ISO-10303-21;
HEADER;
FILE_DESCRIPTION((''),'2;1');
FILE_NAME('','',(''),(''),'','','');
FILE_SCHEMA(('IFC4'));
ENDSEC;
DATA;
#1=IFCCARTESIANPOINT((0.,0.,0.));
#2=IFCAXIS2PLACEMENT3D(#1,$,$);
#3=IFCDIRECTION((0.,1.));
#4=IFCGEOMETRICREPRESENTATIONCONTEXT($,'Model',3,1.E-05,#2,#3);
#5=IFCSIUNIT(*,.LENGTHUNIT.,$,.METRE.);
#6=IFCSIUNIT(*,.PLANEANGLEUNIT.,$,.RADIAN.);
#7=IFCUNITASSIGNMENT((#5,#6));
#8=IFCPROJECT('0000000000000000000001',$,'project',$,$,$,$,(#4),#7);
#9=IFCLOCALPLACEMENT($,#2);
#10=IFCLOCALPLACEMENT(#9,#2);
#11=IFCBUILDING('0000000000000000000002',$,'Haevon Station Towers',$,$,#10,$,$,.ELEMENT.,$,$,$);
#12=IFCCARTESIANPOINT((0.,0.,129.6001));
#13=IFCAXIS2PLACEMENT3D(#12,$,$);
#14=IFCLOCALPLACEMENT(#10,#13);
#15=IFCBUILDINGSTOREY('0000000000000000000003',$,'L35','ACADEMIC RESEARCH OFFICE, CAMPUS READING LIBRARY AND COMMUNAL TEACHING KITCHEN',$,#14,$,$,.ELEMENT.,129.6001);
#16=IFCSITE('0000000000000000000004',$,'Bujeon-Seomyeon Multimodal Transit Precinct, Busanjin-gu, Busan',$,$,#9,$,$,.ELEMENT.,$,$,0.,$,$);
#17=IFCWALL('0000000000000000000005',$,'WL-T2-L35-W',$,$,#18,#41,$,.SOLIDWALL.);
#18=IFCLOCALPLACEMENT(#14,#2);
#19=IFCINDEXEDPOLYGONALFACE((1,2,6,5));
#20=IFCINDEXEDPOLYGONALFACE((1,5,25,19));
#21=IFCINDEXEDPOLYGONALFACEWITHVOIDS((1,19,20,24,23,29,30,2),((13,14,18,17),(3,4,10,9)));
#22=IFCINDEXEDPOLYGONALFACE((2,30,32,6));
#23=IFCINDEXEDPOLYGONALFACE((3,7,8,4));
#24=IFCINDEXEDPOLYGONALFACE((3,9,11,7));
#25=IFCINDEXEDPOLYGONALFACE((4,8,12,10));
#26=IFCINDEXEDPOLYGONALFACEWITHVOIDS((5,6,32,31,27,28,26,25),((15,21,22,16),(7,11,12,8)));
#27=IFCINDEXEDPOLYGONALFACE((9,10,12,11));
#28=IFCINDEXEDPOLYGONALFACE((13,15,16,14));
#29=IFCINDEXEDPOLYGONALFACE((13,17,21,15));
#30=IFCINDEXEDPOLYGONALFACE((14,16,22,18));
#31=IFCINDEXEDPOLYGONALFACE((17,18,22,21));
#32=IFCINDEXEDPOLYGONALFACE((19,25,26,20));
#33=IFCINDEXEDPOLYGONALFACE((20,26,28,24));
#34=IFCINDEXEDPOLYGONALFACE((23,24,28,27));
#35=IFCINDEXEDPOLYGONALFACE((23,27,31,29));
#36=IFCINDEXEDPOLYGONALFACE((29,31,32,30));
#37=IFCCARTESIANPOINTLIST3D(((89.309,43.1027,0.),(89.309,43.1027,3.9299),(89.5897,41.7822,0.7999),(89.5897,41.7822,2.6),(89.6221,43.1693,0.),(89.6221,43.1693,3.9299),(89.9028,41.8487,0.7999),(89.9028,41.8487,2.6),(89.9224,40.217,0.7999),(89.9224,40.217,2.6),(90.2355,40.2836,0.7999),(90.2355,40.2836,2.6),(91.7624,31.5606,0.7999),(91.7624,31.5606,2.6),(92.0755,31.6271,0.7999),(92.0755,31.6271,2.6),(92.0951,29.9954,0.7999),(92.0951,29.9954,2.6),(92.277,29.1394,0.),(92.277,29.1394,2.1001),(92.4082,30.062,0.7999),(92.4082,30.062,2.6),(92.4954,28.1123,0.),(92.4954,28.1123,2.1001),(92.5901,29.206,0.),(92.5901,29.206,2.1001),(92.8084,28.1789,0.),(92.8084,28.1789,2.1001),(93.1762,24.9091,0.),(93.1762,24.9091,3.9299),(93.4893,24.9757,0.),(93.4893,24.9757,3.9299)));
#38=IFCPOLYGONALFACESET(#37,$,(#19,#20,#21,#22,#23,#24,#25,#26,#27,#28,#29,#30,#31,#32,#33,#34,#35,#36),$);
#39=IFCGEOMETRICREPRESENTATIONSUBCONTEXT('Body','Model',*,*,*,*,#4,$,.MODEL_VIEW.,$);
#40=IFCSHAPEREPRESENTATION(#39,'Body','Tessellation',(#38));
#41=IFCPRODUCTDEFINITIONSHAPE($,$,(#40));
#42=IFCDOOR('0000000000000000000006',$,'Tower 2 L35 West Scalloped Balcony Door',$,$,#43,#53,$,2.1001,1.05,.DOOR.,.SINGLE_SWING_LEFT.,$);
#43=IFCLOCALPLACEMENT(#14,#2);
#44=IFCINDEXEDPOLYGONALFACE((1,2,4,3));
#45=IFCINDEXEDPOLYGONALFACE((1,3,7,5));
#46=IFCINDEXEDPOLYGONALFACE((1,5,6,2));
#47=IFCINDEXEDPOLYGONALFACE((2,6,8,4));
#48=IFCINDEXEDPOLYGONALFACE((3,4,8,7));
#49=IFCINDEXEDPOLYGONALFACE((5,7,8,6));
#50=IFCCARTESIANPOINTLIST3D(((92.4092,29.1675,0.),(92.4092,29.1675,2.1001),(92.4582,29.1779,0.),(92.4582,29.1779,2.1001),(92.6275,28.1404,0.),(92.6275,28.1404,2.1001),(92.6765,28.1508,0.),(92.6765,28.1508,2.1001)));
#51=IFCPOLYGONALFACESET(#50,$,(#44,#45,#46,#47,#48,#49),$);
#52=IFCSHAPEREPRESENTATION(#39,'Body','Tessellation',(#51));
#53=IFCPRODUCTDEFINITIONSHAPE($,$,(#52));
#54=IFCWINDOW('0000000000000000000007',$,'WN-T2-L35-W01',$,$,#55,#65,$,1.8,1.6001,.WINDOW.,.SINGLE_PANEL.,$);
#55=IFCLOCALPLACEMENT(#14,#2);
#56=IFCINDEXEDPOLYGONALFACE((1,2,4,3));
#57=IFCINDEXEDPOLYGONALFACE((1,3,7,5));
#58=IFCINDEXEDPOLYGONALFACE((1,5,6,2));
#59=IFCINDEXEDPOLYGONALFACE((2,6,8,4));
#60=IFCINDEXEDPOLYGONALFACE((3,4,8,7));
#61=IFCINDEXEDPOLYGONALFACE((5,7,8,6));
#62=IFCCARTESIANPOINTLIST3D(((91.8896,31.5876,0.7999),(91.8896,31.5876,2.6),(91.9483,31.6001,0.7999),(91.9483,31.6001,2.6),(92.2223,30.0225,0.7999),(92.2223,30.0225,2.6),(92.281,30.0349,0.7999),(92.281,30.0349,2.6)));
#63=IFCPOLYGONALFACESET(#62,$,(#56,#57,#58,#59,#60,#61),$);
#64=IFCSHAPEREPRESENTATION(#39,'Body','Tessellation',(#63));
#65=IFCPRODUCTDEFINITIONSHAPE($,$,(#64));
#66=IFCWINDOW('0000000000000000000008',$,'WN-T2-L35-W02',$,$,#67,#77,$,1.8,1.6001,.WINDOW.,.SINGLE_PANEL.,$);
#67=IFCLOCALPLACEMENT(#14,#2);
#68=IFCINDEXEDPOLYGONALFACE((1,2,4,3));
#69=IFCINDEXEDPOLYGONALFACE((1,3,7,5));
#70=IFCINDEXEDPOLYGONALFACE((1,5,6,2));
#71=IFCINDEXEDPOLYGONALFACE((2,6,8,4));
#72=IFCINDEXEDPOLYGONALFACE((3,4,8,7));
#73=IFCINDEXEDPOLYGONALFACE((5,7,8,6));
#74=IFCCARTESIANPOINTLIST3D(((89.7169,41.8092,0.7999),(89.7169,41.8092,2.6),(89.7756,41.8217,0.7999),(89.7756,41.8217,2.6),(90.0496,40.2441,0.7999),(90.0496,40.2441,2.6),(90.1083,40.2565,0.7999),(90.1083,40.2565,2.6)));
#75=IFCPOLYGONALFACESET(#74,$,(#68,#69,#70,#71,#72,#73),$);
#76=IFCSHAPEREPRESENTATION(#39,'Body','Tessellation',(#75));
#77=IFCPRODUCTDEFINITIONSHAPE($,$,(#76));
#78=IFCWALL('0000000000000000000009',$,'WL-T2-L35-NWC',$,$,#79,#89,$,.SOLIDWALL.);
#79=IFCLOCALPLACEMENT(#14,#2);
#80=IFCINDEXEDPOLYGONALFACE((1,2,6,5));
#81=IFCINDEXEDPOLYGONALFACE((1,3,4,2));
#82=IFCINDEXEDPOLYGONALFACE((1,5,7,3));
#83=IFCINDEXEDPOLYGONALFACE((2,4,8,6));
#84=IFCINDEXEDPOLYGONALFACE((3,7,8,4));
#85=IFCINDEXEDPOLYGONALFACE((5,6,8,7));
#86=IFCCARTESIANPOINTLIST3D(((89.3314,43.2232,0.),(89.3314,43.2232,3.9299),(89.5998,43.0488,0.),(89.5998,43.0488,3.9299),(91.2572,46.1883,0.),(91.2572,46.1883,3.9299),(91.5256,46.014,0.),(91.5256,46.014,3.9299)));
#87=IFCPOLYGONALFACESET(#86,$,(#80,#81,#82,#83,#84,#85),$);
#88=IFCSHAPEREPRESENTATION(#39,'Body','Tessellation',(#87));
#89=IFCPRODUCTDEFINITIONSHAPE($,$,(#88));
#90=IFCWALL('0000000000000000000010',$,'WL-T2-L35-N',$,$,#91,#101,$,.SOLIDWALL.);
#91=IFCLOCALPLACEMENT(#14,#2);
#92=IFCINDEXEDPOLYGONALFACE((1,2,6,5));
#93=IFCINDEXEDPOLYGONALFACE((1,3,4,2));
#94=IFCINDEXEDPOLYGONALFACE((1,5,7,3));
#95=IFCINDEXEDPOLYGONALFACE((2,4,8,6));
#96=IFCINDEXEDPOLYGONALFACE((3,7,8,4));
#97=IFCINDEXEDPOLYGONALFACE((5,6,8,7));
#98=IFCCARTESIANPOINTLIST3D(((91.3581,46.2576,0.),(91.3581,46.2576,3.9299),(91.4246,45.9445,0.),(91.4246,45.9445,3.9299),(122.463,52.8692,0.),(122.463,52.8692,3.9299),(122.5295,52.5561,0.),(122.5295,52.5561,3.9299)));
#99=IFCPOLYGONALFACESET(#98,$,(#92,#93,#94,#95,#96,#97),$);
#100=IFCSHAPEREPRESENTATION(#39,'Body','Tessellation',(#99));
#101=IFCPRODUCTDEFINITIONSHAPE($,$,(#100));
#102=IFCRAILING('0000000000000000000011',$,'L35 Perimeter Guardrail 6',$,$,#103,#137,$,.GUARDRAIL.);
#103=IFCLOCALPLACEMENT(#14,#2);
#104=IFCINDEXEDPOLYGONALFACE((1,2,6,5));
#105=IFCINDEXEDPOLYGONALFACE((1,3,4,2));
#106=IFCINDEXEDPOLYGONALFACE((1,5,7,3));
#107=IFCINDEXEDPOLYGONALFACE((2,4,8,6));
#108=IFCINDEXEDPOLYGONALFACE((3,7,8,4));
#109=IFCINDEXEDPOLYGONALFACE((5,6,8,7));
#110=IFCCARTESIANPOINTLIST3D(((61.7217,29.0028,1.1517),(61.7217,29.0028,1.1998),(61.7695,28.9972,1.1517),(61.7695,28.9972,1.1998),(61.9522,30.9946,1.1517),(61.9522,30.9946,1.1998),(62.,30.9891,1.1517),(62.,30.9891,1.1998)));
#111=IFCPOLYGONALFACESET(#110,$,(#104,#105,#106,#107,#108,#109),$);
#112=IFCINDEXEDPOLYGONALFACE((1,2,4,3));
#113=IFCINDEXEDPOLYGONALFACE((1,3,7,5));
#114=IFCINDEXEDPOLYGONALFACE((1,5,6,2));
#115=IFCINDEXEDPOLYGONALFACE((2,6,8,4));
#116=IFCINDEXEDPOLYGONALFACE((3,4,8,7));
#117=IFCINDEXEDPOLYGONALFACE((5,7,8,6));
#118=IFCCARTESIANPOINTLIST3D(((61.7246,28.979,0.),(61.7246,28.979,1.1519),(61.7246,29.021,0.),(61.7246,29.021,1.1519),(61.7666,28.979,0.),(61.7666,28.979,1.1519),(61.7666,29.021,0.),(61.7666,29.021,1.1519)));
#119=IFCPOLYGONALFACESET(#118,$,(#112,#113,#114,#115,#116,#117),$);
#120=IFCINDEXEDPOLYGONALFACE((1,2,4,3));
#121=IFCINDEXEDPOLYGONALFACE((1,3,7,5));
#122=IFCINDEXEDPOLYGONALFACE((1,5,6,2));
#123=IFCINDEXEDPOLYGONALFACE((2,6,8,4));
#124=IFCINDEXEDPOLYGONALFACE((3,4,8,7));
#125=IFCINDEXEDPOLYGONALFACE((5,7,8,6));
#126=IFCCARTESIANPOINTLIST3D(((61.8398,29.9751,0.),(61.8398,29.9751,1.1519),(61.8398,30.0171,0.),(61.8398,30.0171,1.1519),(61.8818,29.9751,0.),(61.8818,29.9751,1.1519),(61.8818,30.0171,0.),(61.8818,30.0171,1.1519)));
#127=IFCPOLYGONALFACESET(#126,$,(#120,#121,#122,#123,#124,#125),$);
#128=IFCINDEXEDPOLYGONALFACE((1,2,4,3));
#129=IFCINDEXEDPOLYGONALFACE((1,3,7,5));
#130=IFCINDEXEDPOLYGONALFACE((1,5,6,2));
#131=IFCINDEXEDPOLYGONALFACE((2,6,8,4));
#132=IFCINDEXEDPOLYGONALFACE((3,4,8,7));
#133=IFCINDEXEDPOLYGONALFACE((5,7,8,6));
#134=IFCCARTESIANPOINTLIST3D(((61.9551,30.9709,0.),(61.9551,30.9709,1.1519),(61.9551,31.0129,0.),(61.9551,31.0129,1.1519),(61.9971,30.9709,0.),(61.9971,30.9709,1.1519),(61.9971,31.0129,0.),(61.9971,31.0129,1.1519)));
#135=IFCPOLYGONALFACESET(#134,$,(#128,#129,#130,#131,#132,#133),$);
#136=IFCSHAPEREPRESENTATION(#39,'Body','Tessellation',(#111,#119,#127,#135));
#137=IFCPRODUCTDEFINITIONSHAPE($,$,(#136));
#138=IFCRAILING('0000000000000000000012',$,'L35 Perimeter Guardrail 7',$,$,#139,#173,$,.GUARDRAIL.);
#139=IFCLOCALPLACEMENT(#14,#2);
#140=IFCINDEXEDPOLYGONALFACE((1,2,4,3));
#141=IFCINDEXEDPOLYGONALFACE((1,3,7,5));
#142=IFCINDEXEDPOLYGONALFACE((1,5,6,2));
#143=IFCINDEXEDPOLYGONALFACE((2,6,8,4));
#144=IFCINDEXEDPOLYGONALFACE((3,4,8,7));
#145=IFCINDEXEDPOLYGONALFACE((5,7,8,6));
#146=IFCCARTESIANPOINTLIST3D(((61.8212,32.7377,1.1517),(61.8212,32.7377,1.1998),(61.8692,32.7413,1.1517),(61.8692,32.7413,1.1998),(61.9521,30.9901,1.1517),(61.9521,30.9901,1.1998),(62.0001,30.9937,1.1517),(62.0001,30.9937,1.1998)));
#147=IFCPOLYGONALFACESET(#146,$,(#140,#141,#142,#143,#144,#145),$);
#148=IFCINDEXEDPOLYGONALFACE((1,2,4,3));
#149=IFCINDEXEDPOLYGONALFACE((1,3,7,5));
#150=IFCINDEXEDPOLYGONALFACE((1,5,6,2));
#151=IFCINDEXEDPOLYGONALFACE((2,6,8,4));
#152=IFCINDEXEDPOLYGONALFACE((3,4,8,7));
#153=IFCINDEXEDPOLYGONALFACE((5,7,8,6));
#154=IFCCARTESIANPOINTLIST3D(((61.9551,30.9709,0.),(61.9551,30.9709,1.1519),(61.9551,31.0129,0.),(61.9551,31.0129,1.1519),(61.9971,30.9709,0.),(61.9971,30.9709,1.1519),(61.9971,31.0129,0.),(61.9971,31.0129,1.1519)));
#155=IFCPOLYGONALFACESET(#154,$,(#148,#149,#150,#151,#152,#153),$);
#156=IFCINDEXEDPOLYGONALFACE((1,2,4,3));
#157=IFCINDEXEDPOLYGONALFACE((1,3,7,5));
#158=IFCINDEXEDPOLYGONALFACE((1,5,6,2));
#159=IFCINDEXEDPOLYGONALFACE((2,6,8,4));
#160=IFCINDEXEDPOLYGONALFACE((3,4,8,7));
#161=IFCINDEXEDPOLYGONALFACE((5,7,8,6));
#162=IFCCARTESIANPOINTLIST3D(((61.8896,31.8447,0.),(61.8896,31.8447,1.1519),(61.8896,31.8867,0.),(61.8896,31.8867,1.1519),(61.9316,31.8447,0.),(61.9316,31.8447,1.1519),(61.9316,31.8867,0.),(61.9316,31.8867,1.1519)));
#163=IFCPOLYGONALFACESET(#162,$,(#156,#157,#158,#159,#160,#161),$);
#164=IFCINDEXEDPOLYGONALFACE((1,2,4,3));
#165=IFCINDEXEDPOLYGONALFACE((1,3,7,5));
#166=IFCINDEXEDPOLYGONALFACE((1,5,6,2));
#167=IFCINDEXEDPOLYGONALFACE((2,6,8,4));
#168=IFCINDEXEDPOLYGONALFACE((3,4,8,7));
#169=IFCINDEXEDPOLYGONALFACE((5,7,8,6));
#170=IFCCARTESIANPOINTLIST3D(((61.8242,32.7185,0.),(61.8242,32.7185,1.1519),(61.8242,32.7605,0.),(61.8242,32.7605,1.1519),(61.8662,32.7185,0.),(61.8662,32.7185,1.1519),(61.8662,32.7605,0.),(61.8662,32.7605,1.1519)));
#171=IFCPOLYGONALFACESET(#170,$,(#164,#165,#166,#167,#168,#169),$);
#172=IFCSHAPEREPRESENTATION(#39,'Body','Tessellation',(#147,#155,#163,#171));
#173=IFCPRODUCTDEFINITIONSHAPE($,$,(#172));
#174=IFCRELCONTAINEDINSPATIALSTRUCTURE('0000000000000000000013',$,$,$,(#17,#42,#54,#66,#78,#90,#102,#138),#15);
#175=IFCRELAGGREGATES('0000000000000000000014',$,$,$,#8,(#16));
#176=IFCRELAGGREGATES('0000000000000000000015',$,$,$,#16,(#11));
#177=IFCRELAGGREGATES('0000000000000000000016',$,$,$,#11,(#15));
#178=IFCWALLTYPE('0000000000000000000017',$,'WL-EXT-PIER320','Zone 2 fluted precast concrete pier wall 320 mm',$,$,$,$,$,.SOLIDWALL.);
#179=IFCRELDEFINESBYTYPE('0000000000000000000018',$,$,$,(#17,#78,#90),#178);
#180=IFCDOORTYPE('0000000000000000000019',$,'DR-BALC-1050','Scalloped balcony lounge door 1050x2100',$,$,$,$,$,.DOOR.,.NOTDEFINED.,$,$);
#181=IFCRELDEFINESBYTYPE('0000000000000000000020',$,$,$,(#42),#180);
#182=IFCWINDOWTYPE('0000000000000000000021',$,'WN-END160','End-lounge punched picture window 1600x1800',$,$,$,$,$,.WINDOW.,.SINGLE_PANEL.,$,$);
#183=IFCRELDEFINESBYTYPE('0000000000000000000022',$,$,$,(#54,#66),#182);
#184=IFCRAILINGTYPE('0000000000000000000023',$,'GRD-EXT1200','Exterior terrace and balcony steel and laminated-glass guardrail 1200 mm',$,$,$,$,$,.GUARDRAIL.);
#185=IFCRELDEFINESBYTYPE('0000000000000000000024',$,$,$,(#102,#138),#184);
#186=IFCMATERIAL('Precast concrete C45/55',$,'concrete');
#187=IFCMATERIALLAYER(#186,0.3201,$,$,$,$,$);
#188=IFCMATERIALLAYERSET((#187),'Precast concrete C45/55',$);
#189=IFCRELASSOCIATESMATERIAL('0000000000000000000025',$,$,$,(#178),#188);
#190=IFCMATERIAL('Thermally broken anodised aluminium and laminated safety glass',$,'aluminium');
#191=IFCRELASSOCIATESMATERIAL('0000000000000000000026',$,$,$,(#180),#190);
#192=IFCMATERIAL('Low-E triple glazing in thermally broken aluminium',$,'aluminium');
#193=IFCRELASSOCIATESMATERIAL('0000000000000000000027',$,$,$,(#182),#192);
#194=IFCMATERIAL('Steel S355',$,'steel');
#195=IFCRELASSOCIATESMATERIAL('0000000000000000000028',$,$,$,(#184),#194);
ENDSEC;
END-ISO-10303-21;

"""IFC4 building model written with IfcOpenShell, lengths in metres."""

from ifc_helpers import new_model, si_unit, direction, frame, frame_2d, origin, origin_2d, place, context, subcontext, project, spatial, rectangle, extrude, material, layer, layer_set, type_object, element, fill, save


model = new_model("IFC4")

# Units and contexts
model_context = context("Model", 3, precision=1e-05, world=origin(), true_north=direction((0.0, 1.0)))
body_context = subcontext(model_context, "Body", "Model", "MODEL_VIEW")
ifc_project = project(units=[si_unit("LENGTHUNIT", "METRE"), si_unit("PLANEANGLEUNIT", "RADIAN")], contexts=[model_context])

# Site, building, storey
site_placement = place(None, origin())
site = spatial("IfcSite", under=ifc_project, at=site_placement, Name="Bujeon-Seomyeon Multimodal Transit Precinct, Busanjin-gu, Busan", CompositionType="ELEMENT", RefElevation=0.0)
building_placement = place(site_placement, origin())
building = spatial("IfcBuilding", under=site, at=building_placement, Name="Haevon Station Towers", CompositionType="ELEMENT")
storey_placement = place(building_placement, frame((0.0, 0.0, 129.6001)))
storey = spatial("IfcBuildingStorey", under=building, at=storey_placement, Name="L35", Description="ACADEMIC RESEARCH OFFICE, CAMPUS READING LIBRARY AND COMMUNAL TEACHING KITCHEN", CompositionType="ELEMENT", Elevation=129.6001)

# Shared definitions
ifc_material_1 = material(Name="Steel S355", Category="steel")

# Wall, openings, door, windows
ifc_material_2 = material(Name="Precast concrete C45/55", Category="concrete")
ifc_layer_1 = layer(ifc_material_2, 0.3201)
ifc_layer_set_1 = layer_set([ifc_layer_1], Name="Precast concrete C45/55")
wall_type = type_object("IfcWallType", Name="WL-EXT-PIER320", Description="Zone 2 fluted precast concrete pier wall 320 mm", PredefinedType="SOLIDWALL", material=ifc_layer_set_1)
wall_1_placement = place(storey_placement, frame((93.3328, 24.9424, 0.0), z_axis=(0.0, 0.0, 1.0), x_axis=(-0.207913, 0.978147, 0.0)))
wall_1 = element("IfcWall", 1, at=wall_1_placement, inside=storey, type_object=wall_type, Name="WL-T2-L35-W", PredefinedType="SOLIDWALL", context=body_context, shape_type="SweptSolid", body=[
    extrude(rectangle(XDim=18.6001, YDim=0.3201, at=frame_2d((9.3, 0.0))), origin(), (0.0, 0.0, 1.0), 3.9299),
])
opening_1_placement = place(wall_1_placement, frame((3.2749, 0.0, 0.0)))
opening_1 = element("IfcOpeningElement", 2, at=opening_1_placement, cuts=wall_1, PredefinedType="OPENING", context=body_context, shape_type="SweptSolid", body=[
    extrude(rectangle(XDim=1.05, YDim=2.1001, at=frame_2d((0.5249, 1.05))), frame((0.0, 0.1699, 0.0), z_axis=(0.0, -1.0, 0.0), x_axis=(1.0, 0.0, 0.0)), (0.0, 0.0, 1.0), 0.3401),
])
opening_2_placement = place(wall_1_placement, frame((5.2, 0.0, 0.8)))
opening_2 = element("IfcOpeningElement", 3, at=opening_2_placement, cuts=wall_1, PredefinedType="OPENING", context=body_context, shape_type="SweptSolid", body=[
    extrude(rectangle(XDim=1.6001, YDim=1.8, at=frame_2d((0.8, 0.8999))), frame((0.0, 0.1699, 0.0), z_axis=(0.0, -1.0, 0.0), x_axis=(1.0, 0.0, 0.0)), (0.0, 0.0, 1.0), 0.3401),
])
opening_3_placement = place(wall_1_placement, frame((15.6499, 0.0, 0.8)))
opening_3 = element("IfcOpeningElement", 4, at=opening_3_placement, cuts=wall_1, PredefinedType="OPENING", context=body_context, shape_type="SweptSolid", body=[
    extrude(rectangle(XDim=1.6001, YDim=1.8, at=frame_2d((0.8, 0.8999))), frame((0.0, 0.1699, 0.0), z_axis=(0.0, -1.0, 0.0), x_axis=(1.0, 0.0, 0.0)), (0.0, 0.0, 1.0), 0.3401),
])
ifc_material_3 = material(Name="Thermally broken anodised aluminium and laminated safety glass", Category="aluminium")
door_type = type_object("IfcDoorType", Name="DR-BALC-1050", Description="Scalloped balcony lounge door 1050x2100", OperationType="NOTDEFINED", PredefinedType="DOOR", material=ifc_material_3)
door_placement = place(opening_1_placement, origin())
door = element("IfcDoor", 5, at=door_placement, inside=storey, type_object=door_type, Name="Tower 2 L35 West Scalloped Balcony Door", OperationType="SINGLE_SWING_LEFT", OverallHeight=2.1001, OverallWidth=1.05, PredefinedType="DOOR", context=body_context, shape_type="SweptSolid", body=[
    extrude(rectangle(XDim=1.05, YDim=2.1001, at=frame_2d((0.5249, 1.05))), frame((0.0, 0.0249, 0.0), z_axis=(0.0, -1.0, 0.0), x_axis=(1.0, 0.0, 0.0)), (0.0, 0.0, 1.0), 0.05),
])
fill(opening_1, door)
ifc_material_4 = material(Name="Low-E triple glazing in thermally broken aluminium", Category="aluminium")
window_type = type_object("IfcWindowType", Name="WN-END160", Description="End-lounge punched picture window 1600x1800", PartitioningType="SINGLE_PANEL", PredefinedType="WINDOW", material=ifc_material_4)
window_1_placement = place(opening_2_placement, origin())
window_1 = element("IfcWindow", 6, at=window_1_placement, inside=storey, type_object=window_type, Name="WN-T2-L35-W01", OverallHeight=1.8, OverallWidth=1.6001, PartitioningType="SINGLE_PANEL", PredefinedType="WINDOW", context=body_context, shape_type="SweptSolid", body=[
    extrude(rectangle(XDim=1.6001, YDim=1.8, at=frame_2d((0.8, 0.8999))), frame((0.0, 0.03, 0.0), z_axis=(0.0, -1.0, 0.0), x_axis=(1.0, 0.0, 0.0)), (0.0, 0.0, 1.0), 0.0601),
])
fill(opening_2, window_1)
window_2_placement = place(opening_3_placement, origin())
window_2 = element("IfcWindow", 7, at=window_2_placement, inside=storey, type_object=window_type, Name="WN-T2-L35-W02", OverallHeight=1.8, OverallWidth=1.6001, PartitioningType="SINGLE_PANEL", PredefinedType="WINDOW", context=body_context, shape_type="SweptSolid", body=[
    extrude(rectangle(XDim=1.6001, YDim=1.8, at=frame_2d((0.8, 0.8999))), frame((0.0, 0.03, 0.0), z_axis=(0.0, -1.0, 0.0), x_axis=(1.0, 0.0, 0.0)), (0.0, 0.0, 1.0), 0.0601),
])
fill(opening_3, window_2)

# Walls
wall_2_placement = place(storey_placement, frame((89.4656, 43.136, 0.0), z_axis=(0.0, 0.0, 1.0), x_axis=(0.544685, 0.838641, 0.0)))
element("IfcWall", 8, at=wall_2_placement, inside=storey, type_object=wall_type, Name="WL-T2-L35-NWC", PredefinedType="SOLIDWALL", context=body_context, shape_type="SweptSolid", body=[
    extrude(rectangle(XDim=3.5356, YDim=0.3201, at=frame_2d((1.7678, 0.0))), origin(), (0.0, 0.0, 1.0), 3.9299),
])
wall_3_placement = place(storey_placement, frame((91.3914, 46.1011, 0.0), z_axis=(0.0, 0.0, 1.0), x_axis=(0.978148, 0.207912, 0.0)))
element("IfcWall", 9, at=wall_3_placement, inside=storey, type_object=wall_type, Name="WL-T2-L35-N", PredefinedType="SOLIDWALL", context=body_context, shape_type="SweptSolid", body=[
    extrude(rectangle(XDim=31.7998, YDim=0.3201, at=frame_2d((15.8999, 0.0))), origin(), (0.0, 0.0, 1.0), 3.9299),
])

# Railings
railing_type = type_object("IfcRailingType", Name="GRD-EXT1200", Description="Exterior terrace and balcony steel and laminated-glass guardrail 1200 mm", PredefinedType="GUARDRAIL", material=ifc_material_1)
railing_1_placement = place(storey_placement, frame((61.7456, 29.0, 0.0)))
element("IfcRailing", 10, at=railing_1_placement, inside=storey, type_object=railing_type, Name="L35 Perimeter Guardrail 6", PredefinedType="GUARDRAIL", context=body_context, shape_type="SweptSolid", body=[
    extrude(rectangle(XDim=0.0481, YDim=0.0481, at=origin_2d()), frame((0.0, 0.0, 1.1758), z_axis=(0.114934, 0.993373, 0.0), x_axis=(-0.993373, 0.114934, 0.0)), (0.0, 0.0, 1.0), 2.0051),
    extrude(rectangle(XDim=0.042, YDim=0.042, at=origin_2d()), origin(), (0.0, 0.0, 1.0), 1.1519),
    extrude(rectangle(XDim=0.042, YDim=0.042, at=origin_2d()), frame((0.1152, 0.9961, 0.0)), (0.0, 0.0, 1.0), 1.1519),
    extrude(rectangle(XDim=0.042, YDim=0.042, at=origin_2d()), frame((0.2305, 1.9919, 0.0)), (0.0, 0.0, 1.0), 1.1519),
])
railing_2_placement = place(storey_placement, frame((61.9761, 30.9919, 0.0)))
element("IfcRailing", 11, at=railing_2_placement, inside=storey, type_object=railing_type, Name="L35 Perimeter Guardrail 7", PredefinedType="GUARDRAIL", context=body_context, shape_type="SweptSolid", body=[
    extrude(rectangle(XDim=0.0481, YDim=0.0481, at=origin_2d()), frame((0.0, 0.0, 1.1758), z_axis=(-0.074672, 0.997208, 0.0), x_axis=(-0.997208, -0.074672, 0.0)), (0.0, 0.0, 1.0), 1.7524),
    extrude(rectangle(XDim=0.042, YDim=0.042, at=origin_2d()), origin(), (0.0, 0.0, 1.0), 1.1519),
    extrude(rectangle(XDim=0.042, YDim=0.042, at=origin_2d()), frame((-0.0654, 0.8738, 0.0)), (0.0, 0.0, 1.0), 1.1519),
    extrude(rectangle(XDim=0.042, YDim=0.042, at=origin_2d()), frame((-0.1309, 1.7476, 0.0)), (0.0, 0.0, 1.0), 1.1519),
])

save(model, "model.ifc")
